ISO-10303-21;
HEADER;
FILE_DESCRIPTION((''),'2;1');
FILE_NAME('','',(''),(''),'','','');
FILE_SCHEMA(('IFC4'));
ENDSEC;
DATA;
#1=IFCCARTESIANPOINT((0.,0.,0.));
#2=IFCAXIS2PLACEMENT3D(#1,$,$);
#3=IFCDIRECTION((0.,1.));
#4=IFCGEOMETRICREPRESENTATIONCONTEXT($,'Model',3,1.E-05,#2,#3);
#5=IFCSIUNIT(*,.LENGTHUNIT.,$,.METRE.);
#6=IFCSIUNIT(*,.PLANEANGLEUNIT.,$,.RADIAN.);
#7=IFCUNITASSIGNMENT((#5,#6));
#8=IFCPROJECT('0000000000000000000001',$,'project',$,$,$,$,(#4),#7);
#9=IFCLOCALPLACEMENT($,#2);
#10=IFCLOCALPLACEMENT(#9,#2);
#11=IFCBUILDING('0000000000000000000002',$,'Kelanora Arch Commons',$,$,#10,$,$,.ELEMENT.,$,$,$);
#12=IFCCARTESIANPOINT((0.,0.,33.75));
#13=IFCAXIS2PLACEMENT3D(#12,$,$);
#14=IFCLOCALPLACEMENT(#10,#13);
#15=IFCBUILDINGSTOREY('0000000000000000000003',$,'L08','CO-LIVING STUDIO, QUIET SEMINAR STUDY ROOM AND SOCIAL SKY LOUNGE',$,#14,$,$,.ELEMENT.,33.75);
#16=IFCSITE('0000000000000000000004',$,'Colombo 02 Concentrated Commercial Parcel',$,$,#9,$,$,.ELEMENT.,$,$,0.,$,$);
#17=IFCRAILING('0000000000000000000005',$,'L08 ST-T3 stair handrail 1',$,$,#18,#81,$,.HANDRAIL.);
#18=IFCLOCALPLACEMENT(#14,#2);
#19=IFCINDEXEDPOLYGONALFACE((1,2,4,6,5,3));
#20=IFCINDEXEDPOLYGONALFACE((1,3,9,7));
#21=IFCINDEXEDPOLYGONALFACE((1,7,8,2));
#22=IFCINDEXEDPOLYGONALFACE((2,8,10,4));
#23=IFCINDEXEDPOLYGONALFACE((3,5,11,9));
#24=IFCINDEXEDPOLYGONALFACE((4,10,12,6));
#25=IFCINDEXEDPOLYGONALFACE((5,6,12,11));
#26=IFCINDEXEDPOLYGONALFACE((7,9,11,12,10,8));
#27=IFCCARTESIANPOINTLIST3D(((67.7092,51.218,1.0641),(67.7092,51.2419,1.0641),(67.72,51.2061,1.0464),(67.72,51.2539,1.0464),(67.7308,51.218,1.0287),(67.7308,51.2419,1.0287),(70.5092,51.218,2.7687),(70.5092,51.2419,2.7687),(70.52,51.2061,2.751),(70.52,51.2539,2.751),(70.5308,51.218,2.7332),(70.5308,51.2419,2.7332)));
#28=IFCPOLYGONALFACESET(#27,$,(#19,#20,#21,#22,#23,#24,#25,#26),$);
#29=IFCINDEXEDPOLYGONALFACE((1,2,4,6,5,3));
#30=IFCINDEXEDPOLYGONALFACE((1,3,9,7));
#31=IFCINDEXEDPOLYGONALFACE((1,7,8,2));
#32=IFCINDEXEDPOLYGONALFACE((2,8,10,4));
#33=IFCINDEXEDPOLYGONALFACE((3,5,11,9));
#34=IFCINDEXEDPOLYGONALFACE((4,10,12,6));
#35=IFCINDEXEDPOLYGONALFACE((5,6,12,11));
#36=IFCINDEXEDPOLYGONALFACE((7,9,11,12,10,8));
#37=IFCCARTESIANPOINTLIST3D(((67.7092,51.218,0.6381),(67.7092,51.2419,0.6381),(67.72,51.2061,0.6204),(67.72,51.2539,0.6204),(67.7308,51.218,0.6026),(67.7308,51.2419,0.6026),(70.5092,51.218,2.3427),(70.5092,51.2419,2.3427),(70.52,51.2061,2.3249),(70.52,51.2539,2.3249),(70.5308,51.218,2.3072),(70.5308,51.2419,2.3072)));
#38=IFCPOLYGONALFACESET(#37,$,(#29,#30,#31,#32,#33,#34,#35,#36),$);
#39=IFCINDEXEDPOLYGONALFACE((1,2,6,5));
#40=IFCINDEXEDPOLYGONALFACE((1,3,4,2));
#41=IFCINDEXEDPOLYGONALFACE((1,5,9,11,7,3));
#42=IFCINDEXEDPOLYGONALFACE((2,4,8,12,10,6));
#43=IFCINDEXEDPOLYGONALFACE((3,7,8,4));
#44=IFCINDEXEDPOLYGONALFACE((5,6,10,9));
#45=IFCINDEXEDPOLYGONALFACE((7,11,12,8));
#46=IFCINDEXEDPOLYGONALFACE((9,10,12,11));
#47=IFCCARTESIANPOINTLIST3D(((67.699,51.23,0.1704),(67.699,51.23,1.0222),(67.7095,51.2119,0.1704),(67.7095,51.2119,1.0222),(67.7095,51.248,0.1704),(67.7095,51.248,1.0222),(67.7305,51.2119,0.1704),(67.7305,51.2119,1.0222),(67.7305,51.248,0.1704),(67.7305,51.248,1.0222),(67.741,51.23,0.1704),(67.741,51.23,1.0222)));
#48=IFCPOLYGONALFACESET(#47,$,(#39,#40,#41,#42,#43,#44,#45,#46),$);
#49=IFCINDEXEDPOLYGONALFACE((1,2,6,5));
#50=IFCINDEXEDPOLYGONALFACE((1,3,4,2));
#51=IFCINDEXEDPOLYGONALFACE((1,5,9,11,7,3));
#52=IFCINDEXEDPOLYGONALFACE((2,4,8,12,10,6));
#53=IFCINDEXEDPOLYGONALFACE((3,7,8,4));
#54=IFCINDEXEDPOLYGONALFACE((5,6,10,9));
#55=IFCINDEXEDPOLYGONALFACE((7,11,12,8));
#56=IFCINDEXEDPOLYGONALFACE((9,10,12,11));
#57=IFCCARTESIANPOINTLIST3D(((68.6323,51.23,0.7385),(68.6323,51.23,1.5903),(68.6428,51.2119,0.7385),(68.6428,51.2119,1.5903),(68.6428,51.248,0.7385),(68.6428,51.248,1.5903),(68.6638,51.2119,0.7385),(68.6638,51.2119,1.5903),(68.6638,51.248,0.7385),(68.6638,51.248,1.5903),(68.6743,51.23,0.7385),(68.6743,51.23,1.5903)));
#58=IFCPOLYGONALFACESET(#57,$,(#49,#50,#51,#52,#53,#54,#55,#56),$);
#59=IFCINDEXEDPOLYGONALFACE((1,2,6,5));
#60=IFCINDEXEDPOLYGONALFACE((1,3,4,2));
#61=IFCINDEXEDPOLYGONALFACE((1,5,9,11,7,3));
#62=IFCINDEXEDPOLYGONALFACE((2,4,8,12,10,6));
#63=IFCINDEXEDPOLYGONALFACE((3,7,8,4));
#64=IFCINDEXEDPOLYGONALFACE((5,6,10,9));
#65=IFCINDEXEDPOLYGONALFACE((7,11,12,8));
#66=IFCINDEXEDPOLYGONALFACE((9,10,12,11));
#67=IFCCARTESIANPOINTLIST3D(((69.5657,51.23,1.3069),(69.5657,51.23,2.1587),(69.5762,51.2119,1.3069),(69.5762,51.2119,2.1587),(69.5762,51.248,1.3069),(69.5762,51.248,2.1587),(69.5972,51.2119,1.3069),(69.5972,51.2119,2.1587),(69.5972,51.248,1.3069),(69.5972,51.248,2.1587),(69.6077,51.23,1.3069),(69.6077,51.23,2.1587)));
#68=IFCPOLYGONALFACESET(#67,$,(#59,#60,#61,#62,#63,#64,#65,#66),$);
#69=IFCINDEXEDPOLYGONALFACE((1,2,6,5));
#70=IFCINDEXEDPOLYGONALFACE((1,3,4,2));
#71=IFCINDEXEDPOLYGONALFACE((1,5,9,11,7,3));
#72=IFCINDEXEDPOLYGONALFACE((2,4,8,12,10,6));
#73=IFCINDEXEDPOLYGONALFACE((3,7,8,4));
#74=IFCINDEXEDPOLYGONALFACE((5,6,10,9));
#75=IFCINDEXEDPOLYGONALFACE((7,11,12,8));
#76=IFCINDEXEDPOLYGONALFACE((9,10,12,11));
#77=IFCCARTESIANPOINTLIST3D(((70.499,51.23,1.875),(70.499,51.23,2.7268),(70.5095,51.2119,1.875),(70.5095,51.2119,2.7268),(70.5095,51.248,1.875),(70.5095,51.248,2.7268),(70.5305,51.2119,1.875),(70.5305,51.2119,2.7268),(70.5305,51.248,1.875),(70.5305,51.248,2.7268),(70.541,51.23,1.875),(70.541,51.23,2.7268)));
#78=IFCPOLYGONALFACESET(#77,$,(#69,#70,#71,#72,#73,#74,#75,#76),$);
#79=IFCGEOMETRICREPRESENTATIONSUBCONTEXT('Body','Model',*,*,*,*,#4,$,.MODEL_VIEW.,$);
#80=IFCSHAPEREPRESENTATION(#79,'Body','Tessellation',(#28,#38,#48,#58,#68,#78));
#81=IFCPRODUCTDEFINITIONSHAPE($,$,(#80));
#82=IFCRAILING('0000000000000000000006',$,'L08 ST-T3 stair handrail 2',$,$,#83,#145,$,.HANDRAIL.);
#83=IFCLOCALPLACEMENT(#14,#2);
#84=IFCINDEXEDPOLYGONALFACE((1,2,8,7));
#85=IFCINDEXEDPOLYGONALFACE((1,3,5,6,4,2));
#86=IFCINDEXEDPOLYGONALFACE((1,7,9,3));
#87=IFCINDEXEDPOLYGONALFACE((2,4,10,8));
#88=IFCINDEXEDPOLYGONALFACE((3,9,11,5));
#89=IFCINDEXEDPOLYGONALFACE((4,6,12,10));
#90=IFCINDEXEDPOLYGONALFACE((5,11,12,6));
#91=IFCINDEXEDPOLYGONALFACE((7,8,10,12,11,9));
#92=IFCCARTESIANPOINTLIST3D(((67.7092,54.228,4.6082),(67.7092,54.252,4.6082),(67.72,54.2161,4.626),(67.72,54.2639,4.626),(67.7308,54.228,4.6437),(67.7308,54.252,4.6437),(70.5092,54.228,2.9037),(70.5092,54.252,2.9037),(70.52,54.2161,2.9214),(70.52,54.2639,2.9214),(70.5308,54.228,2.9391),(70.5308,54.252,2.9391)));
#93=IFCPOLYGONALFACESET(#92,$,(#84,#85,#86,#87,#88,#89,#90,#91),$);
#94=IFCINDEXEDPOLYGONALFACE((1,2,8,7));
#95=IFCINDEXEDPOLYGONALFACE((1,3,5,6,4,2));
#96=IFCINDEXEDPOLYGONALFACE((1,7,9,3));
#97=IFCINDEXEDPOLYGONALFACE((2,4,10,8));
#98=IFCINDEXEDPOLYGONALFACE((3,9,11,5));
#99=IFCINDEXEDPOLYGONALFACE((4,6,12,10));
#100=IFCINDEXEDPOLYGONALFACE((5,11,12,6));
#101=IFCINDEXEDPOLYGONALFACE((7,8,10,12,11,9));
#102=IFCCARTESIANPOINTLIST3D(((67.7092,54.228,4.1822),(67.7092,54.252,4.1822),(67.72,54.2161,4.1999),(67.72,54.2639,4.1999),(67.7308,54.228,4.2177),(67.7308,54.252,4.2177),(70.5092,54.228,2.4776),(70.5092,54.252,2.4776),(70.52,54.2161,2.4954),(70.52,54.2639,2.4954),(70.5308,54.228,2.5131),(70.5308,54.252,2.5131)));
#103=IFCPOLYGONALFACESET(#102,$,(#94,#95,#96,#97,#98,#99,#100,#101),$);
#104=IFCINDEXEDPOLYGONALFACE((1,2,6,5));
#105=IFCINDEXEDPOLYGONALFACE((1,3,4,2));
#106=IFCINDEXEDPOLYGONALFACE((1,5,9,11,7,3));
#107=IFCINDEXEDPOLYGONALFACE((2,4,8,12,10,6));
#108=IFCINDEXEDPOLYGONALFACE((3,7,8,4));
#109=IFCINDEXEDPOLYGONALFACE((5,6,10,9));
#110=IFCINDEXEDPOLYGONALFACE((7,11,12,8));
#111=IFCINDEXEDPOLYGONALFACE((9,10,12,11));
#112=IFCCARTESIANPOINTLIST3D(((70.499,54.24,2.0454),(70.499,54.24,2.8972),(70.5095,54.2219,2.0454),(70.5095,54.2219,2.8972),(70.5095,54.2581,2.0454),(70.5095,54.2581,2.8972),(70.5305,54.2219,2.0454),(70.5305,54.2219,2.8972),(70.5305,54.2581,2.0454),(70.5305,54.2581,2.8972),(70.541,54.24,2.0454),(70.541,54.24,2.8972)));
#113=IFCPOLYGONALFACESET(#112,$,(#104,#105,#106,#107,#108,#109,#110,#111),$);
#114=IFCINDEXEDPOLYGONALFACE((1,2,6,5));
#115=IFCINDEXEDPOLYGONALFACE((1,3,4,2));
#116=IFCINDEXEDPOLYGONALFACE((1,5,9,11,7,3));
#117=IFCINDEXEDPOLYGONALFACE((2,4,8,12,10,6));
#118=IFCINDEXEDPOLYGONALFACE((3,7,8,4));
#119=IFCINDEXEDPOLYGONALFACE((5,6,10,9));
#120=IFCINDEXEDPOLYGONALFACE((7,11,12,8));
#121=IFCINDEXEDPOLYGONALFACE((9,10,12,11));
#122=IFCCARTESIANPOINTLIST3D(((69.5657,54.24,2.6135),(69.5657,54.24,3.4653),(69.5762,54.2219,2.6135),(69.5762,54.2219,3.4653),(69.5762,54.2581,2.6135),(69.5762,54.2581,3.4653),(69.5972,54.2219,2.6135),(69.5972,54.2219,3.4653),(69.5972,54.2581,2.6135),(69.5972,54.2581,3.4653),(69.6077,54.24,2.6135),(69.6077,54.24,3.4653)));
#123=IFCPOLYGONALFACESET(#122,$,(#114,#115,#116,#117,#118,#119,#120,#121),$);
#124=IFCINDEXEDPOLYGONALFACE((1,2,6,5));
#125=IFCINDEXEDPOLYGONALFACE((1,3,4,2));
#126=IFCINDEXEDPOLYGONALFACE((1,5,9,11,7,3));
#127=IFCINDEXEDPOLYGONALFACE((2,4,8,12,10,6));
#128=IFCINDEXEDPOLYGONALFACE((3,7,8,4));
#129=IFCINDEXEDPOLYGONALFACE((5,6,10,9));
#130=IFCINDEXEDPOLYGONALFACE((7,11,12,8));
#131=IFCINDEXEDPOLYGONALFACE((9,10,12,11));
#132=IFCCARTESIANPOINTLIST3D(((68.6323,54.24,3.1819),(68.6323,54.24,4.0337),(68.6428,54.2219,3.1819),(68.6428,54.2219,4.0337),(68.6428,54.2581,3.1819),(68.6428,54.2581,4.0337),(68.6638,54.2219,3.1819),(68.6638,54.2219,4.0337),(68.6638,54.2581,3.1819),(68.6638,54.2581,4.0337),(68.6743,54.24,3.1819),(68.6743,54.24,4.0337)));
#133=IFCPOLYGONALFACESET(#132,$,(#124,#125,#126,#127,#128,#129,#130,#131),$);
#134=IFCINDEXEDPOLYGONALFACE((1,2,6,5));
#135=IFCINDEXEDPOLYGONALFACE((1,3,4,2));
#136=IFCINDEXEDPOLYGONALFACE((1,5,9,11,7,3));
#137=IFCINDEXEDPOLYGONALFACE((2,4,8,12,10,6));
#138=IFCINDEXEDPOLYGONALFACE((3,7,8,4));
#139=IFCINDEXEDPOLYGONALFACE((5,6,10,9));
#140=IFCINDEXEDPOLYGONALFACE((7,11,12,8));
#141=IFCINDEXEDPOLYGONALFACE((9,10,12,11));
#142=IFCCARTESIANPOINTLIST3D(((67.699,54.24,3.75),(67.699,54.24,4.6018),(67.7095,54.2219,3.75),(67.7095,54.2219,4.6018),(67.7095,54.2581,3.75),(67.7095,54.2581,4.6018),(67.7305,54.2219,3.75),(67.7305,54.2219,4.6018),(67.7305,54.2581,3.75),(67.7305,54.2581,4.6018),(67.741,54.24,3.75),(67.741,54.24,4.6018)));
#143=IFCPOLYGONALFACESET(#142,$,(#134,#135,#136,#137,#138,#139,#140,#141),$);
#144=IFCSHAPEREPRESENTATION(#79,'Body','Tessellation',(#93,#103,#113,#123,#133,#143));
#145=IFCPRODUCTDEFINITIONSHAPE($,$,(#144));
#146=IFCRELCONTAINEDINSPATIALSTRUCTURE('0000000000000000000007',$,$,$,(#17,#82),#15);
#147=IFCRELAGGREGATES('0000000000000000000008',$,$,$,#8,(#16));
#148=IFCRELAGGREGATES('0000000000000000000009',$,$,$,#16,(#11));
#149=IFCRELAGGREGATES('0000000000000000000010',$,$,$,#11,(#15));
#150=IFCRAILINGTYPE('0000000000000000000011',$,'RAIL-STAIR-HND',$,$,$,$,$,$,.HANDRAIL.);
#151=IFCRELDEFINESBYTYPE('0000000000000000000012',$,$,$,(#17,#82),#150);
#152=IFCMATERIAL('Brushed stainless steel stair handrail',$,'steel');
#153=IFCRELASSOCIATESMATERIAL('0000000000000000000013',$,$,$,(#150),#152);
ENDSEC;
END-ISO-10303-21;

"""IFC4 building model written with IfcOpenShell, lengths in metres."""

from ifc_helpers import new_model, si_unit, direction, frame, origin, place, context, subcontext, project, spatial, polyline, outline, extrude, material, type_object, element, save


model = new_model("IFC4")

# Units and contexts
model_context = context("Model", 3, precision=1e-05, world=origin(), true_north=direction((0.0, 1.0)))
body_context = subcontext(model_context, "Body", "Model", "MODEL_VIEW")
ifc_project = project(units=[si_unit("LENGTHUNIT", "METRE"), si_unit("PLANEANGLEUNIT", "RADIAN")], contexts=[model_context])

# Site, building, storey
site_placement = place(None, origin())
site = spatial("IfcSite", under=ifc_project, at=site_placement, Name="Colombo 02 Concentrated Commercial Parcel", CompositionType="ELEMENT", RefElevation=0.0)
building_placement = place(site_placement, origin())
building = spatial("IfcBuilding", under=site, at=building_placement, Name="Kelanora Arch Commons", CompositionType="ELEMENT")
storey_placement = place(building_placement, frame((0.0, 0.0, 33.75)))
storey = spatial("IfcBuildingStorey", under=building, at=storey_placement, Name="L08", Description="CO-LIVING STUDIO, QUIET SEMINAR STUDY ROOM AND SOCIAL SKY LOUNGE", CompositionType="ELEMENT", Elevation=33.75)

# Railings
ifc_material_1 = material(Name="Brushed stainless steel stair handrail", Category="steel")
railing_type_1 = type_object("IfcRailingType", Name="RAIL-STAIR-HND", PredefinedType="HANDRAIL", material=ifc_material_1)
railing_1_placement = place(storey_placement, frame((67.72, 51.23, 0.1704)))
element("IfcRailing", 1, at=railing_1_placement, inside=storey, type_object=railing_type_1, Name="L08 ST-T3 stair handrail 1", PredefinedType="HANDRAIL", context=body_context, shape_type="SweptSolid", body=[
    extrude(outline(polyline([(0.0239, 0.0), (0.012, 0.0208), (-0.012, 0.0208), (-0.0239, 0.0), (-0.012, -0.0208), (0.012, -0.0208), (0.0239, 0.0)])), frame((0.0, 0.0, 0.876), z_axis=(0.85417, 0.0, 0.519994), x_axis=(0.0, 1.0, 0.0)), (0.0, 0.0, 1.0), 3.2781),
    extrude(outline(polyline([(0.0239, 0.0), (0.012, 0.0208), (-0.012, 0.0208), (-0.0239, 0.0), (-0.012, -0.0208), (0.012, -0.0208), (0.0239, 0.0)])), frame((0.0, 0.0, 0.45), z_axis=(0.85417, 0.0, 0.519994), x_axis=(0.0, 1.0, 0.0)), (0.0, 0.0, 1.0), 3.2781),
    extrude(outline(polyline([(0.021, 0.0), (0.0105, 0.0181), (-0.0105, 0.0181), (-0.021, 0.0), (-0.0105, -0.0181), (0.0105, -0.0181), (0.021, 0.0)])), origin(), (0.0, 0.0, 1.0), 0.8518),
    extrude(outline(polyline([(0.021, 0.0), (0.0105, 0.0181), (-0.0105, 0.0181), (-0.021, 0.0), (-0.0105, -0.0181), (0.0105, -0.0181), (0.021, 0.0)])), frame((0.9333, 0.0, 0.5681)), (0.0, 0.0, 1.0), 0.8518),
    extrude(outline(polyline([(0.021, 0.0), (0.0105, 0.0181), (-0.0105, 0.0181), (-0.021, 0.0), (-0.0105, -0.0181), (0.0105, -0.0181), (0.021, 0.0)])), frame((1.8667, 0.0, 1.1365)), (0.0, 0.0, 1.0), 0.8518),
    extrude(outline(polyline([(0.021, 0.0), (0.0105, 0.0181), (-0.0105, 0.0181), (-0.021, 0.0), (-0.0105, -0.0181), (0.0105, -0.0181), (0.021, 0.0)])), frame((2.8, 0.0, 1.7046)), (0.0, 0.0, 1.0), 0.8518),
])
railing_2_placement = place(storey_placement, frame((70.52, 54.24, 2.0454)))
element("IfcRailing", 2, at=railing_2_placement, inside=storey, type_object=railing_type_1, Name="L08 ST-T3 stair handrail 2", PredefinedType="HANDRAIL", context=body_context, shape_type="SweptSolid", body=[
    extrude(outline(polyline([(0.0239, 0.0), (0.012, 0.0208), (-0.012, 0.0208), (-0.0239, 0.0), (-0.012, -0.0208), (0.012, -0.0208), (0.0239, 0.0)])), frame((0.0, 0.0, 0.876), z_axis=(-0.85417, 0.0, 0.519994), x_axis=(0.0, -1.0, 0.0)), (0.0, 0.0, 1.0), 3.2781),
    extrude(outline(polyline([(0.0239, 0.0), (0.012, 0.0208), (-0.012, 0.0208), (-0.0239, 0.0), (-0.012, -0.0208), (0.012, -0.0208), (0.0239, 0.0)])), frame((0.0, 0.0, 0.45), z_axis=(-0.85417, 0.0, 0.519994), x_axis=(0.0, -1.0, 0.0)), (0.0, 0.0, 1.0), 3.2781),
    extrude(outline(polyline([(0.021, 0.0), (0.0105, 0.0181), (-0.0105, 0.0181), (-0.021, 0.0), (-0.0105, -0.0181), (0.0105, -0.0181), (0.021, 0.0)])), origin(), (0.0, 0.0, 1.0), 0.8518),
    extrude(outline(polyline([(0.021, 0.0), (0.0105, 0.0181), (-0.0105, 0.0181), (-0.021, 0.0), (-0.0105, -0.0181), (0.0105, -0.0181), (0.021, 0.0)])), frame((-0.9333, 0.0, 0.5681)), (0.0, 0.0, 1.0), 0.8518),
    extrude(outline(polyline([(0.021, 0.0), (0.0105, 0.0181), (-0.0105, 0.0181), (-0.021, 0.0), (-0.0105, -0.0181), (0.0105, -0.0181), (0.021, 0.0)])), frame((-1.8667, 0.0, 1.1365)), (0.0, 0.0, 1.0), 0.8518),
    extrude(outline(polyline([(0.021, 0.0), (0.0105, 0.0181), (-0.0105, 0.0181), (-0.021, 0.0), (-0.0105, -0.0181), (0.0105, -0.0181), (0.021, 0.0)])), frame((-2.8, 0.0, 1.7046)), (0.0, 0.0, 1.0), 0.8518),
])

save(model, "model.ifc")
